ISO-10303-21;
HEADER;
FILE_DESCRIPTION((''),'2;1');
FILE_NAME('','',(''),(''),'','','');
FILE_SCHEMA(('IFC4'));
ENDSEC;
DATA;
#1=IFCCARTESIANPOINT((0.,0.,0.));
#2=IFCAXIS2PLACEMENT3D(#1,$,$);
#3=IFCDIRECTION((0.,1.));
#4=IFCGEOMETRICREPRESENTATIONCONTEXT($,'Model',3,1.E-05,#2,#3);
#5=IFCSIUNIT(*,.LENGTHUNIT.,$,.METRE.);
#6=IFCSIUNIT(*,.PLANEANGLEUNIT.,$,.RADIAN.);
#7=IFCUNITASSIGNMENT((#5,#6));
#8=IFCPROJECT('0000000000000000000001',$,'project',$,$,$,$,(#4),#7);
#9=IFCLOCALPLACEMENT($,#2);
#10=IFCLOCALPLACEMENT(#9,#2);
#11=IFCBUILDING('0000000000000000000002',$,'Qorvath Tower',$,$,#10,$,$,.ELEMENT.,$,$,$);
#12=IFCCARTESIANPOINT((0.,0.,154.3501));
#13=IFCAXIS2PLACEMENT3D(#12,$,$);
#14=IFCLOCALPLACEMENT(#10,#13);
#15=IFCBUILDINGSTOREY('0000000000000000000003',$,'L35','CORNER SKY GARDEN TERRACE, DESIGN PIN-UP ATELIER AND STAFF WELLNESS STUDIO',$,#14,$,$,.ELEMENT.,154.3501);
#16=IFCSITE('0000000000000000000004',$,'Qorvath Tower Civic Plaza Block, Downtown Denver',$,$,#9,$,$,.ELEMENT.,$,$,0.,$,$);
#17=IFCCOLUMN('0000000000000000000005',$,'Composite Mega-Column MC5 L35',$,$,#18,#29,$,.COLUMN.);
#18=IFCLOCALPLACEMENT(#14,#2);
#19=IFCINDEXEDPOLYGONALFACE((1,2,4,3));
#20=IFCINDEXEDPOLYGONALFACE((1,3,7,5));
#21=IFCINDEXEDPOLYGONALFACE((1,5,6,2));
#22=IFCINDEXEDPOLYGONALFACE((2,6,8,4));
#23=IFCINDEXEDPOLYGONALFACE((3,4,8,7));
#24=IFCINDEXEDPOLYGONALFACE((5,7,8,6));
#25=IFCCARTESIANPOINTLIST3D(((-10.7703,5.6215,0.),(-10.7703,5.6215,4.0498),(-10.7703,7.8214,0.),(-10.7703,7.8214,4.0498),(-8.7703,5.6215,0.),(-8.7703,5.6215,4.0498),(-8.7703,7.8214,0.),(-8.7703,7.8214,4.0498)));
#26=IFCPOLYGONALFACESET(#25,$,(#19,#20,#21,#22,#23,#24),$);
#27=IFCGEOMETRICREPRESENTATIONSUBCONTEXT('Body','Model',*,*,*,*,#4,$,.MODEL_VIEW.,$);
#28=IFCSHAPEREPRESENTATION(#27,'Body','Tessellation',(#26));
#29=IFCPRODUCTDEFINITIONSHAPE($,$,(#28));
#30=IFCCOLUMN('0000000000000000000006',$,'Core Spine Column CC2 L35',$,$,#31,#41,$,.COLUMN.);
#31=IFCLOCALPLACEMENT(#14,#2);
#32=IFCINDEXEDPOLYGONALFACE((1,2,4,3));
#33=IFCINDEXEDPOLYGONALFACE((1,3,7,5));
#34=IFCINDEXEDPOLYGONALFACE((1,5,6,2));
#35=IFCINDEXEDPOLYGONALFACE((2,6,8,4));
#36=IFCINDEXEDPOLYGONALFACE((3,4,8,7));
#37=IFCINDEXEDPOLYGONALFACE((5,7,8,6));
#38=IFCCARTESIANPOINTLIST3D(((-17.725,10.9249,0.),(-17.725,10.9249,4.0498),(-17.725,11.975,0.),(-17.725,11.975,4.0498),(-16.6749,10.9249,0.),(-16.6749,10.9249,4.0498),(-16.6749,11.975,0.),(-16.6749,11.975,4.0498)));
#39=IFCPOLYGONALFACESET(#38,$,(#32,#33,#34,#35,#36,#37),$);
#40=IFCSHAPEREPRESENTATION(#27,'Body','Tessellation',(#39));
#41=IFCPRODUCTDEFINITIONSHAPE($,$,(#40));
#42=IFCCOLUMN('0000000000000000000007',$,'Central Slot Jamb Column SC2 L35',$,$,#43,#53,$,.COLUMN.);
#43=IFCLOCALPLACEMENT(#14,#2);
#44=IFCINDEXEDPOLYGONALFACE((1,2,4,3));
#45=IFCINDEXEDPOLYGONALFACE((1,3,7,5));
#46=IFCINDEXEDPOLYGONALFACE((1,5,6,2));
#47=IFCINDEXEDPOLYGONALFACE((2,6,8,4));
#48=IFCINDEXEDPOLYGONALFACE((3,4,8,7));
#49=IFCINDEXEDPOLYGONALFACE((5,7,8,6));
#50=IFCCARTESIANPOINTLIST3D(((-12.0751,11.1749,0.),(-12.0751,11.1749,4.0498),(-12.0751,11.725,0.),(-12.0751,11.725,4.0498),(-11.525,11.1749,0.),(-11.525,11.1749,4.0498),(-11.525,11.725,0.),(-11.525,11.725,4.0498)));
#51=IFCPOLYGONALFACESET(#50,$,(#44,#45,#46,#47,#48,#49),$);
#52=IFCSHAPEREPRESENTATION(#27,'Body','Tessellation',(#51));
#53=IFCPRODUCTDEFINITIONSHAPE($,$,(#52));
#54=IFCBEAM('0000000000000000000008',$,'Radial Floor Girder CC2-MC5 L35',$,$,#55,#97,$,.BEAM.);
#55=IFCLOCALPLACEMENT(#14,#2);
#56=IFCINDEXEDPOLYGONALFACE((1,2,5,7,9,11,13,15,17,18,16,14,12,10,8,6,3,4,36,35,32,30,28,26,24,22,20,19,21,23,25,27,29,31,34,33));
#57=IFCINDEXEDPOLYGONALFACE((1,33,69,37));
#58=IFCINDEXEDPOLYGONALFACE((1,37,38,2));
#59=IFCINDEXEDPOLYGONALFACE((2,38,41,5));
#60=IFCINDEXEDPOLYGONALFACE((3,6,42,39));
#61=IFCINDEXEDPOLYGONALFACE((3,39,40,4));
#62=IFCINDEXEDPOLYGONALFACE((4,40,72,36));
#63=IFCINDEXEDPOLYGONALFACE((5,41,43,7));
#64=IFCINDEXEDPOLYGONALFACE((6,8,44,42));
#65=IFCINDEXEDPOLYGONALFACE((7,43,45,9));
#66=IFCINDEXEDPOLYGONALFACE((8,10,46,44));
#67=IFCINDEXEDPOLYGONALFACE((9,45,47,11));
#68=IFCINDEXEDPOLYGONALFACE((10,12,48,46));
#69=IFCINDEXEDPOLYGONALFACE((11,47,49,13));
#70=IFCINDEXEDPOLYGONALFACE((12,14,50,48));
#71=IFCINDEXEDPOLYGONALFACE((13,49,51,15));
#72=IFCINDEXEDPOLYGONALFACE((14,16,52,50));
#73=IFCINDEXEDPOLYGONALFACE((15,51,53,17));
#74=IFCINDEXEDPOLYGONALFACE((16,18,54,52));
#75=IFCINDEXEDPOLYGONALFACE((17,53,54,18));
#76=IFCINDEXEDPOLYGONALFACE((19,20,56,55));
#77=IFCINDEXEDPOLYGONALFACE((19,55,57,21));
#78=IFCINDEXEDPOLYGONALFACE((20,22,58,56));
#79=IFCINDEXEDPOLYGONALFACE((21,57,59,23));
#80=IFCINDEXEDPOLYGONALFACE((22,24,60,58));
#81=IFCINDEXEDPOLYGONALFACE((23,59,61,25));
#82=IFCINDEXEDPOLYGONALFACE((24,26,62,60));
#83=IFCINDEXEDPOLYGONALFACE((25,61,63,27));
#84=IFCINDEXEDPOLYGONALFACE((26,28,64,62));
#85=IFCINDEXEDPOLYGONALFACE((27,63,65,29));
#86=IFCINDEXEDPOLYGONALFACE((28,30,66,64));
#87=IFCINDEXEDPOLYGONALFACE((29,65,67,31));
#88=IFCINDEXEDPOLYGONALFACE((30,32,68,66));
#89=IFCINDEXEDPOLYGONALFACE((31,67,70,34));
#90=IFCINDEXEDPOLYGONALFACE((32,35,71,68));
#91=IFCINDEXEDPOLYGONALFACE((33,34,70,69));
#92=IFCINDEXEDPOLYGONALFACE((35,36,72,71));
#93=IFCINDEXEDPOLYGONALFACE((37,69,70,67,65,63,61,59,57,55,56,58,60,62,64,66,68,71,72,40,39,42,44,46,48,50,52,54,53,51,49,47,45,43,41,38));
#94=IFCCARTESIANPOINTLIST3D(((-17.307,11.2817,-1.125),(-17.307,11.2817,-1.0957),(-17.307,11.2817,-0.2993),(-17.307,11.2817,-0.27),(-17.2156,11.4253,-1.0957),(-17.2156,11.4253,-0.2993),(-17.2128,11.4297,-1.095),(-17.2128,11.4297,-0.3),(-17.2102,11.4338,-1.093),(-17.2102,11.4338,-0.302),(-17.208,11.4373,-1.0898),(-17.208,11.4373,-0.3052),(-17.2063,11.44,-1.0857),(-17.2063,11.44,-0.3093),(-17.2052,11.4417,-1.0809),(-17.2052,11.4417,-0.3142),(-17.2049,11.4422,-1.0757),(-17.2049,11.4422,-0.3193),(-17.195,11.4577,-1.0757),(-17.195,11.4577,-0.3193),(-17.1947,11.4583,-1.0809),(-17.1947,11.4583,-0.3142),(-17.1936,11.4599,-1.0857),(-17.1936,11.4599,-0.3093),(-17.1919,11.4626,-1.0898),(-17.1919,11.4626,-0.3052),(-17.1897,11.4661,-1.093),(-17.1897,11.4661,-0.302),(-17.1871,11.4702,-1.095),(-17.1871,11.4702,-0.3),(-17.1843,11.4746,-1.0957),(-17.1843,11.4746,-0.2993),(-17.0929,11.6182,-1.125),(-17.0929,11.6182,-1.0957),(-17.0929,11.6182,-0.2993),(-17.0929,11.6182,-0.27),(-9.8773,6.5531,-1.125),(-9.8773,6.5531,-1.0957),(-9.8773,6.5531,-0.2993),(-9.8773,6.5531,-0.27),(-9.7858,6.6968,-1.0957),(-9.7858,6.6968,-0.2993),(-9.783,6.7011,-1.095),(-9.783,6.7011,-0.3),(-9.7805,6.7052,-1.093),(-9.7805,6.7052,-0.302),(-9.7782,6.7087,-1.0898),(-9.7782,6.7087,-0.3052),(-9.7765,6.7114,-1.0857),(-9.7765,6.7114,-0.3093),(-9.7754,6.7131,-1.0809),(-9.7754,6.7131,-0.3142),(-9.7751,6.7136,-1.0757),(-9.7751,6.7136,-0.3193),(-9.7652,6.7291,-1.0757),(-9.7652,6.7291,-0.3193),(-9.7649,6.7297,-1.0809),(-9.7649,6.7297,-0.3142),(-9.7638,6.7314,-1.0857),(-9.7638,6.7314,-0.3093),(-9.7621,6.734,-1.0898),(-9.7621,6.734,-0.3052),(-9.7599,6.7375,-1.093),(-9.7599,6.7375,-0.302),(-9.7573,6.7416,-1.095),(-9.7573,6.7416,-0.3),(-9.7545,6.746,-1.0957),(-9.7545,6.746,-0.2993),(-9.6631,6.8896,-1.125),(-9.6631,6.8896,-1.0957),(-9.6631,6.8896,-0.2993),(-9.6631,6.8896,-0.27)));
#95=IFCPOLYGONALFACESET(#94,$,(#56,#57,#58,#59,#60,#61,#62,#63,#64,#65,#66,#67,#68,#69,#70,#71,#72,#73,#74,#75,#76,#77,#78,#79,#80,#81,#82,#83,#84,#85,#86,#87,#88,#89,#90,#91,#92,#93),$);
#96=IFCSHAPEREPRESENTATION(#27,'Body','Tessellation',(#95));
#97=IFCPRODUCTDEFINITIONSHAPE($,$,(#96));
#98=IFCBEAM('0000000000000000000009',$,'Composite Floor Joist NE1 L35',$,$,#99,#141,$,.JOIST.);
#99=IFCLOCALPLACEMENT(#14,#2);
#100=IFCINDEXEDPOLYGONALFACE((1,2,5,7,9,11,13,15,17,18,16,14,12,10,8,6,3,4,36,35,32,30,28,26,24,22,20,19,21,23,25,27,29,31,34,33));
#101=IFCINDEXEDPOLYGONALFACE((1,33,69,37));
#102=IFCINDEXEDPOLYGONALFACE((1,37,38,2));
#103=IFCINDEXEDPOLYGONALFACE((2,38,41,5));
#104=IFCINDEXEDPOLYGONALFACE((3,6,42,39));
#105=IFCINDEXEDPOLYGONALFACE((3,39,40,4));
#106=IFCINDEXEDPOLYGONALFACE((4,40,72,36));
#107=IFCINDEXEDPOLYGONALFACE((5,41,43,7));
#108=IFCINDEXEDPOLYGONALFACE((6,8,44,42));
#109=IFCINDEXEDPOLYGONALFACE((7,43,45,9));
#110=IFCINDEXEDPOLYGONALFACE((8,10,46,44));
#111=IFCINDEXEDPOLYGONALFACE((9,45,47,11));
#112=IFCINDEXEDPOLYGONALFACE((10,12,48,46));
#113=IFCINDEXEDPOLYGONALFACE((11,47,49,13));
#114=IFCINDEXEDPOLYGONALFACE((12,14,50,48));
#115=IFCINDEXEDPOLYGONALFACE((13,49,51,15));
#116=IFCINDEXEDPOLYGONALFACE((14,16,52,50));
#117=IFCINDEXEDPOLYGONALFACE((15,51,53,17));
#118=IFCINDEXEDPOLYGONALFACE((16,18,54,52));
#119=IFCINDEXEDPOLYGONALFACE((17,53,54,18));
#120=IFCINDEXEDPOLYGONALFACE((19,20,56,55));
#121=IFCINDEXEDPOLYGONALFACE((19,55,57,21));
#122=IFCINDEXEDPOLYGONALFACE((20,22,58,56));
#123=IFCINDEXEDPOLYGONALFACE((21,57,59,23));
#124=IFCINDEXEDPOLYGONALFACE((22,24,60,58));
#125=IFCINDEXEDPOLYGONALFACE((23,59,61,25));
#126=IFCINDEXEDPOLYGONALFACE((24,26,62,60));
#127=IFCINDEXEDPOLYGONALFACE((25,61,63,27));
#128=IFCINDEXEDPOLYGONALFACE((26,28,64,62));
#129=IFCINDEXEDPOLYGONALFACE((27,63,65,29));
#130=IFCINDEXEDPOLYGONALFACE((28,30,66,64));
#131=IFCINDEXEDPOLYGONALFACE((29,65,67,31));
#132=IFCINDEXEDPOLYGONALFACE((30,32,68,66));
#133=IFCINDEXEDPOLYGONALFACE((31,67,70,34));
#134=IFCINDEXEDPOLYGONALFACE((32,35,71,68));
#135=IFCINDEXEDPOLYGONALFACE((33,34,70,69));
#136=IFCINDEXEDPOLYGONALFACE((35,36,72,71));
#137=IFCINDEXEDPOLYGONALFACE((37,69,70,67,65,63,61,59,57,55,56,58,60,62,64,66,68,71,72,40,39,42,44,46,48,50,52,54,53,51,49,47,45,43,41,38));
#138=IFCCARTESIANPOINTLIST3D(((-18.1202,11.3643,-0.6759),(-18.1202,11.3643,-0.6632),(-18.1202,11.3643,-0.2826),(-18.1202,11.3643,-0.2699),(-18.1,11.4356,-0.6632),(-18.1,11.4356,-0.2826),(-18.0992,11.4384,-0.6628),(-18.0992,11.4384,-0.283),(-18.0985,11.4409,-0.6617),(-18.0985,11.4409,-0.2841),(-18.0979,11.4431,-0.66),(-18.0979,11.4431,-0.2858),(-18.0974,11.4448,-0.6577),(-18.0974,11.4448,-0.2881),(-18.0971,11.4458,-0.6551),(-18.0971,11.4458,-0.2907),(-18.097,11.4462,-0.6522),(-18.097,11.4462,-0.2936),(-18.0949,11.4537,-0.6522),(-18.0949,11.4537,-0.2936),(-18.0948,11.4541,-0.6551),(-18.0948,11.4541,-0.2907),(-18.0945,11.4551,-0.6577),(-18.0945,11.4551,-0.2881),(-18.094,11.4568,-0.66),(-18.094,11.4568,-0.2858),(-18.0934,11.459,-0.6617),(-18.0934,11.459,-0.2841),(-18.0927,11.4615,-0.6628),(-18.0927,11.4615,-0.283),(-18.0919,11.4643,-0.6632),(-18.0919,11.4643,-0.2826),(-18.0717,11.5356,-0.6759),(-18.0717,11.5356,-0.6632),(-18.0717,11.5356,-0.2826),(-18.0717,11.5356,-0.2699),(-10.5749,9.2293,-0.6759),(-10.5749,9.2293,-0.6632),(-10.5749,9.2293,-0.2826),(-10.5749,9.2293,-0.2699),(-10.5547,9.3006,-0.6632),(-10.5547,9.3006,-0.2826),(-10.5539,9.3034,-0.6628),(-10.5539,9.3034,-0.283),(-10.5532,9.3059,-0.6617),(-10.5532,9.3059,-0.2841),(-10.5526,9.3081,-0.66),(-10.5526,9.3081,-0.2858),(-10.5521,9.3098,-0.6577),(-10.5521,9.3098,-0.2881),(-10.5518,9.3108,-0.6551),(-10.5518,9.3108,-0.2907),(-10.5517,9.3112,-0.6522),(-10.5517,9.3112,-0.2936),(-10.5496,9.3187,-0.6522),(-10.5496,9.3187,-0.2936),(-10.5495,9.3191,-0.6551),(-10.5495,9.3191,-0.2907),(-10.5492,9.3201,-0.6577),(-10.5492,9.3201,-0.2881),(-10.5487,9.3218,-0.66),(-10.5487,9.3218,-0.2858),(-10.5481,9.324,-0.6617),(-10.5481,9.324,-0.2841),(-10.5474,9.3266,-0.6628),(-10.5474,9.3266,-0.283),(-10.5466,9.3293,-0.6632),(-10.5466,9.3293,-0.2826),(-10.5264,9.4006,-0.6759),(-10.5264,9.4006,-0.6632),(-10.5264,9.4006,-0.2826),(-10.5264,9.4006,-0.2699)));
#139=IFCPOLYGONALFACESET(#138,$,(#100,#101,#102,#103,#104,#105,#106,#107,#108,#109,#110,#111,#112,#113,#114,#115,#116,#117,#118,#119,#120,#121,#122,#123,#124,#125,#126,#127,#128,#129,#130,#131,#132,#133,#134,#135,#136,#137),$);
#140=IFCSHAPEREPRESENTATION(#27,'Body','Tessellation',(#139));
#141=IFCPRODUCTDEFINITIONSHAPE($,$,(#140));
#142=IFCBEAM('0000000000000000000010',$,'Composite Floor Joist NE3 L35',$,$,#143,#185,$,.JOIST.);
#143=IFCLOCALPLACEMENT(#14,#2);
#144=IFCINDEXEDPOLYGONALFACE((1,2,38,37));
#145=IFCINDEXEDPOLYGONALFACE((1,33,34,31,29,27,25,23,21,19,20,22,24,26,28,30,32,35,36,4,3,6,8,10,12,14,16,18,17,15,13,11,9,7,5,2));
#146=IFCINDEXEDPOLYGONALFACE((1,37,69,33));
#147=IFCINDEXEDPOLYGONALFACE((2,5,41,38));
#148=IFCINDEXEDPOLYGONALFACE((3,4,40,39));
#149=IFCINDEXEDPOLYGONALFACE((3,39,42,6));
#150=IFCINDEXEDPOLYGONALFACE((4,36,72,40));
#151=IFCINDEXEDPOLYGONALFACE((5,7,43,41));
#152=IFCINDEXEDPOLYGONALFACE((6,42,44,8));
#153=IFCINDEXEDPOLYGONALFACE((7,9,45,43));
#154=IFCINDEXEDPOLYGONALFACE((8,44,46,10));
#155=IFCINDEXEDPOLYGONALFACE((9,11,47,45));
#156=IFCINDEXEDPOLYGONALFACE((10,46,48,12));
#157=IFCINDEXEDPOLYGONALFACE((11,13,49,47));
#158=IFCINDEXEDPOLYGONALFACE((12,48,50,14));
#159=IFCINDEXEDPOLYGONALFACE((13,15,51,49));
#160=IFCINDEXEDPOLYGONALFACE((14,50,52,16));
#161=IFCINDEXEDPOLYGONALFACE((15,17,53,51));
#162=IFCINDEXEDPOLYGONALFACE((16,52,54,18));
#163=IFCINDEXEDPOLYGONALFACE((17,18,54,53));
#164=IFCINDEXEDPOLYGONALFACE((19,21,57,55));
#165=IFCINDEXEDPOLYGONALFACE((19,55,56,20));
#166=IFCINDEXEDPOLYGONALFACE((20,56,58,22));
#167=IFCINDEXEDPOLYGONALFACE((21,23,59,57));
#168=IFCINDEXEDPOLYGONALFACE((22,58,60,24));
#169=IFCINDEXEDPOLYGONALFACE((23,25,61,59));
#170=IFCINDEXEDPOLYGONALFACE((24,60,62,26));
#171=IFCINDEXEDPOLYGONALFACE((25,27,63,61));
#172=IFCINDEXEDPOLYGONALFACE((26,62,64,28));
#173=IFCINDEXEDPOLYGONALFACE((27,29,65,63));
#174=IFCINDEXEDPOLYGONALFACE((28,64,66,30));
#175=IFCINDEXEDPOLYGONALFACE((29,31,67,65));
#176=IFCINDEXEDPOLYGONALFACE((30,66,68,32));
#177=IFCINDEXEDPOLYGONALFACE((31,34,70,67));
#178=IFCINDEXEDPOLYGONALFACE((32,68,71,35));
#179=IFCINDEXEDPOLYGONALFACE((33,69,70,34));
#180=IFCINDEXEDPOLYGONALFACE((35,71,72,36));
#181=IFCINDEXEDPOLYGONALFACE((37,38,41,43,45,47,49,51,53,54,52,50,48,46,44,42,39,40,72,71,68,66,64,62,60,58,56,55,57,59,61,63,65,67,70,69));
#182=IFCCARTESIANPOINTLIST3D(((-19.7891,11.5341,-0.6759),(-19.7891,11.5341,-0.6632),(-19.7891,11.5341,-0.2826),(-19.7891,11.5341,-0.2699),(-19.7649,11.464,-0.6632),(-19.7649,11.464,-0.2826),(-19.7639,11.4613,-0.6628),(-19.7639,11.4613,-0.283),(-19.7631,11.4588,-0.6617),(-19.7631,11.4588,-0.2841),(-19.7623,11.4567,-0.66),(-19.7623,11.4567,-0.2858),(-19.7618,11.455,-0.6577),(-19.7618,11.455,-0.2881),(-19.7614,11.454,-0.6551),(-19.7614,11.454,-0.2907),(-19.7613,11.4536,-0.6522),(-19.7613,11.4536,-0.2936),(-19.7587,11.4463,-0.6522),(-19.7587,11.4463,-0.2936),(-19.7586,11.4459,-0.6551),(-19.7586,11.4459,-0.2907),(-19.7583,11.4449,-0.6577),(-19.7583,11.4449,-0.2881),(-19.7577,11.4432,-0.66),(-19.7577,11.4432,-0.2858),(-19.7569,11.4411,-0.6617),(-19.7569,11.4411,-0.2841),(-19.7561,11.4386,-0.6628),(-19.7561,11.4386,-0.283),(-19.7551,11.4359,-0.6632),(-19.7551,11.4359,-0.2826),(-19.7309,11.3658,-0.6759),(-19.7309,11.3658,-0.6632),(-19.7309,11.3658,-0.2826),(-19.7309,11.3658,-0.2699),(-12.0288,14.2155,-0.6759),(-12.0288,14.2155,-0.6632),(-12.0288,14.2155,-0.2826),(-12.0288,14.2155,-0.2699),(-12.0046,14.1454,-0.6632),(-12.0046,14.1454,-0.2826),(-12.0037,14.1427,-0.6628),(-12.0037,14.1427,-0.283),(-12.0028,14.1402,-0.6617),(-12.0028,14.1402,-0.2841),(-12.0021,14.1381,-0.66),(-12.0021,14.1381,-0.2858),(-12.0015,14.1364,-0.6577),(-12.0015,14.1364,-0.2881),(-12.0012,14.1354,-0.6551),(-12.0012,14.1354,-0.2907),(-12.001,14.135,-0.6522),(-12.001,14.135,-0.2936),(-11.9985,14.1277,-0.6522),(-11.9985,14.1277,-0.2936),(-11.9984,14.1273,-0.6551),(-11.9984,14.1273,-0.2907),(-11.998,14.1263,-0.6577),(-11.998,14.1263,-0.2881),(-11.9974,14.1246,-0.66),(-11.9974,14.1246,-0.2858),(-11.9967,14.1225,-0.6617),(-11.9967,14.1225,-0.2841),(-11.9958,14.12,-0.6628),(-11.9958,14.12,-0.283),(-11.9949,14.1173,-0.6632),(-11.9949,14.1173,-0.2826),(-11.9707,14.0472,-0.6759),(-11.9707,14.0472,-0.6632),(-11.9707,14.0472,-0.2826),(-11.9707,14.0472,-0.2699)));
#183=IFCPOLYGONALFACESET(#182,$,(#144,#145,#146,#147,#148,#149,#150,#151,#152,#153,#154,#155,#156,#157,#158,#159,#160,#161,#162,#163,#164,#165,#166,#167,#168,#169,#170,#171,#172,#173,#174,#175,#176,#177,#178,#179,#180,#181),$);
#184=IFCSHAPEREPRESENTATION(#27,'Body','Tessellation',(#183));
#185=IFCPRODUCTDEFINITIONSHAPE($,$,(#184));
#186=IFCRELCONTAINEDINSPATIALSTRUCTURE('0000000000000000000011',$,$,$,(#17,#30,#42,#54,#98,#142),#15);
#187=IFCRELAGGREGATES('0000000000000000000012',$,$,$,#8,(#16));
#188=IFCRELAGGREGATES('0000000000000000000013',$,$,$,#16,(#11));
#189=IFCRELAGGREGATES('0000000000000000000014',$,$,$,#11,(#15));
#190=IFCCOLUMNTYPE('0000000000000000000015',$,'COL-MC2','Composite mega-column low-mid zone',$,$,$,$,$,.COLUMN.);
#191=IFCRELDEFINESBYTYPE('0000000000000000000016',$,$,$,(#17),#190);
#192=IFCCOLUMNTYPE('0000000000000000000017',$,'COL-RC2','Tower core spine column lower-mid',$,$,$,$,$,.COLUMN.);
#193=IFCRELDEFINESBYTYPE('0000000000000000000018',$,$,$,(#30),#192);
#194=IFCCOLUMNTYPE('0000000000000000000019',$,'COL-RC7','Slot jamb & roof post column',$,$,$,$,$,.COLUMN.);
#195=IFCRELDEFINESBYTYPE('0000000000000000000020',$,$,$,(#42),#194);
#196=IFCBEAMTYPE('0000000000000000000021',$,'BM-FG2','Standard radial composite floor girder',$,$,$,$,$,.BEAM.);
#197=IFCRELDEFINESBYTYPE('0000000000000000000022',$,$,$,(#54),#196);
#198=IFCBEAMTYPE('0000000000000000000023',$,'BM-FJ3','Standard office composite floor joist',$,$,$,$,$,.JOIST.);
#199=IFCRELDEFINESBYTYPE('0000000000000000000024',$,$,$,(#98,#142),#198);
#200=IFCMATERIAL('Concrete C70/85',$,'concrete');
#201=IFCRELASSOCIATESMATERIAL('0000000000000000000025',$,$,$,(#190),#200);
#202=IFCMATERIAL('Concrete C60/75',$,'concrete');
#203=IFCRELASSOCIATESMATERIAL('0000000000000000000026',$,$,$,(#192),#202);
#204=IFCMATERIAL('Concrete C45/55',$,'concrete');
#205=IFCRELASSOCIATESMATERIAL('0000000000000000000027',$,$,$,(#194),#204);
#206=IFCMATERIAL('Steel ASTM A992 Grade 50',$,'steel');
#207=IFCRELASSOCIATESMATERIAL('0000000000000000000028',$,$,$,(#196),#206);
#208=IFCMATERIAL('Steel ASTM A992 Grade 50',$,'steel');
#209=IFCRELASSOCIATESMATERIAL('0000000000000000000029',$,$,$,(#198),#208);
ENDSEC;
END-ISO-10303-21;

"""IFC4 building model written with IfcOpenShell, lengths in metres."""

from ifc_helpers import new_model, si_unit, direction, frame, origin, origin_2d, place, context, subcontext, project, spatial, rectangle, i_section, extrude, material, material_profile, profile_set, type_object, element, save


model = new_model("IFC4")

# Units and contexts
model_context = context("Model", 3, precision=1e-05, world=origin(), true_north=direction((0.0, 1.0)))
body_context = subcontext(model_context, "Body", "Model", "MODEL_VIEW")
ifc_project = project(units=[si_unit("LENGTHUNIT", "METRE"), si_unit("PLANEANGLEUNIT", "RADIAN")], contexts=[model_context])

# Site, building, storey
site_placement = place(None, origin())
site = spatial("IfcSite", under=ifc_project, at=site_placement, Name="Qorvath Tower Civic Plaza Block, Downtown Denver", CompositionType="ELEMENT", RefElevation=0.0)
building_placement = place(site_placement, origin())
building = spatial("IfcBuilding", under=site, at=building_placement, Name="Qorvath Tower", CompositionType="ELEMENT")
storey_placement = place(building_placement, frame((0.0, 0.0, 154.3501)))
storey = spatial("IfcBuildingStorey", under=building, at=storey_placement, Name="L35", Description="CORNER SKY GARDEN TERRACE, DESIGN PIN-UP ATELIER AND STAFF WELLNESS STUDIO", CompositionType="ELEMENT", Elevation=154.3501)

# Columns
ifc_material_1 = material(Name="Concrete C70/85", Category="concrete")
ifc_material_profile_1 = material_profile(ifc_material_1, rectangle(XDim=2.0, YDim=2.2, at=origin_2d()), Name="MC 2200x2000")
ifc_profile_set_1 = profile_set([ifc_material_profile_1], Name="Concrete C70/85")
column_type_1 = type_object("IfcColumnType", Name="COL-MC2", Description="Composite mega-column low-mid zone", PredefinedType="COLUMN", material=ifc_profile_set_1)
column_1_placement = place(storey_placement, frame((-9.7703, 6.7214, 0.0), z_axis=(0.0, 0.0, 1.0), x_axis=(1.0, 0.0, 0.0)))
element("IfcColumn", 1, at=column_1_placement, inside=storey, type_object=column_type_1, Name="Composite Mega-Column MC5 L35", PredefinedType="COLUMN", context=body_context, shape_type="SweptSolid", body=[
    extrude(rectangle(XDim=2.0, YDim=2.2, at=origin_2d()), origin(), (0.0, 0.0, 1.0), 4.0498),
])
ifc_material_2 = material(Name="Concrete C60/75", Category="concrete")
ifc_material_profile_2 = material_profile(ifc_material_2, rectangle(XDim=1.05, YDim=1.05, at=origin_2d()), Name="RC 1050x1050")
ifc_profile_set_2 = profile_set([ifc_material_profile_2], Name="Concrete C60/75")
column_type_2 = type_object("IfcColumnType", Name="COL-RC2", Description="Tower core spine column lower-mid", PredefinedType="COLUMN", material=ifc_profile_set_2)
column_2_placement = place(storey_placement, frame((-17.2, 11.45, 0.0), z_axis=(0.0, 0.0, 1.0), x_axis=(1.0, 0.0, 0.0)))
element("IfcColumn", 2, at=column_2_placement, inside=storey, type_object=column_type_2, Name="Core Spine Column CC2 L35", PredefinedType="COLUMN", context=body_context, shape_type="SweptSolid", body=[
    extrude(rectangle(XDim=1.05, YDim=1.05, at=origin_2d()), origin(), (0.0, 0.0, 1.0), 4.0498),
])
ifc_material_3 = material(Name="Concrete C45/55", Category="concrete")
ifc_material_profile_3 = material_profile(ifc_material_3, rectangle(XDim=0.55, YDim=0.55, at=origin_2d()), Name="RC 550x550")
ifc_profile_set_3 = profile_set([ifc_material_profile_3], Name="Concrete C45/55")
column_type_3 = type_object("IfcColumnType", Name="COL-RC7", Description="Slot jamb & roof post column", PredefinedType="COLUMN", material=ifc_profile_set_3)
column_3_placement = place(storey_placement, frame((-11.8, 11.45, 0.0), z_axis=(0.0, 0.0, 1.0), x_axis=(1.0, 0.0, 0.0)))
element("IfcColumn", 3, at=column_3_placement, inside=storey, type_object=column_type_3, Name="Central Slot Jamb Column SC2 L35", PredefinedType="COLUMN", context=body_context, shape_type="SweptSolid", body=[
    extrude(rectangle(XDim=0.55, YDim=0.55, at=origin_2d()), origin(), (0.0, 0.0, 1.0), 4.0498),
])

# Beams
ifc_material_4 = material(Name="Steel ASTM A992 Grade 50", Category="steel")
ifc_material_profile_4 = material_profile(ifc_material_4, i_section(OverallWidth=0.3989, OverallDepth=0.855, WebThickness=0.0183, FlangeThickness=0.0293, FilletRadius=0.02, at=origin_2d()), Name="W33x201")
ifc_profile_set_4 = profile_set([ifc_material_profile_4], Name="Steel ASTM A992 Grade 50")
beam_type_1 = type_object("IfcBeamType", Name="BM-FG2", Description="Standard radial composite floor girder", PredefinedType="BEAM", material=ifc_profile_set_4)
beam_1_placement = place(storey_placement, frame((-17.2, 11.45, -0.6975), z_axis=(0.843634, -0.536919, 0.0), x_axis=(0.536919, 0.843634, 0.0)))
element("IfcBeam", 4, at=beam_1_placement, inside=storey, type_object=beam_type_1, Name="Radial Floor Girder CC2-MC5 L35", PredefinedType="BEAM", context=body_context, shape_type="SweptSolid", body=[
    extrude(i_section(OverallWidth=0.3989, OverallDepth=0.855, WebThickness=0.0183, FlangeThickness=0.0293, FilletRadius=0.02, at=origin_2d()), origin(), (0.0, 0.0, 1.0), 8.8069),
])
ifc_material_5 = material(Name="Steel ASTM A992 Grade 50", Category="steel")
ifc_material_profile_5 = material_profile(ifc_material_5, i_section(OverallWidth=0.178, OverallDepth=0.406, WebThickness=0.0078, FlangeThickness=0.0127, FilletRadius=0.011, at=origin_2d()), Name="W16x40")
ifc_profile_set_5 = profile_set([ifc_material_profile_5], Name="Steel ASTM A992 Grade 50")
beam_type_2 = type_object("IfcBeamType", Name="BM-FJ3", Description="Standard office composite floor joist", PredefinedType="JOIST", material=ifc_profile_set_5)
beam_2_placement = place(storey_placement, frame((-18.0959, 11.45, -0.4729), z_axis=(0.962222, -0.272265, 0.0), x_axis=(0.272265, 0.962222, 0.0)))
element("IfcBeam", 5, at=beam_2_placement, inside=storey, type_object=beam_type_2, Name="Composite Floor Joist NE1 L35", PredefinedType="JOIST", context=body_context, shape_type="SweptSolid", body=[
    extrude(i_section(OverallWidth=0.178, OverallDepth=0.406, WebThickness=0.0078, FlangeThickness=0.0127, FilletRadius=0.011, at=origin_2d()), origin(), (0.0, 0.0, 1.0), 7.8416),
])
beam_3_placement = place(storey_placement, frame((-19.76, 11.45, -0.4729), z_axis=(0.945168, 0.326584, 0.0), x_axis=(-0.326584, 0.945168, 0.0)))
element("IfcBeam", 6, at=beam_3_placement, inside=storey, type_object=beam_type_2, Name="Composite Floor Joist NE3 L35", PredefinedType="JOIST", context=body_context, shape_type="SweptSolid", body=[
    extrude(i_section(OverallWidth=0.178, OverallDepth=0.406, WebThickness=0.0078, FlangeThickness=0.0127, FilletRadius=0.011, at=origin_2d()), origin(), (0.0, 0.0, 1.0), 8.2104),
])

save(model, "model.ifc")
